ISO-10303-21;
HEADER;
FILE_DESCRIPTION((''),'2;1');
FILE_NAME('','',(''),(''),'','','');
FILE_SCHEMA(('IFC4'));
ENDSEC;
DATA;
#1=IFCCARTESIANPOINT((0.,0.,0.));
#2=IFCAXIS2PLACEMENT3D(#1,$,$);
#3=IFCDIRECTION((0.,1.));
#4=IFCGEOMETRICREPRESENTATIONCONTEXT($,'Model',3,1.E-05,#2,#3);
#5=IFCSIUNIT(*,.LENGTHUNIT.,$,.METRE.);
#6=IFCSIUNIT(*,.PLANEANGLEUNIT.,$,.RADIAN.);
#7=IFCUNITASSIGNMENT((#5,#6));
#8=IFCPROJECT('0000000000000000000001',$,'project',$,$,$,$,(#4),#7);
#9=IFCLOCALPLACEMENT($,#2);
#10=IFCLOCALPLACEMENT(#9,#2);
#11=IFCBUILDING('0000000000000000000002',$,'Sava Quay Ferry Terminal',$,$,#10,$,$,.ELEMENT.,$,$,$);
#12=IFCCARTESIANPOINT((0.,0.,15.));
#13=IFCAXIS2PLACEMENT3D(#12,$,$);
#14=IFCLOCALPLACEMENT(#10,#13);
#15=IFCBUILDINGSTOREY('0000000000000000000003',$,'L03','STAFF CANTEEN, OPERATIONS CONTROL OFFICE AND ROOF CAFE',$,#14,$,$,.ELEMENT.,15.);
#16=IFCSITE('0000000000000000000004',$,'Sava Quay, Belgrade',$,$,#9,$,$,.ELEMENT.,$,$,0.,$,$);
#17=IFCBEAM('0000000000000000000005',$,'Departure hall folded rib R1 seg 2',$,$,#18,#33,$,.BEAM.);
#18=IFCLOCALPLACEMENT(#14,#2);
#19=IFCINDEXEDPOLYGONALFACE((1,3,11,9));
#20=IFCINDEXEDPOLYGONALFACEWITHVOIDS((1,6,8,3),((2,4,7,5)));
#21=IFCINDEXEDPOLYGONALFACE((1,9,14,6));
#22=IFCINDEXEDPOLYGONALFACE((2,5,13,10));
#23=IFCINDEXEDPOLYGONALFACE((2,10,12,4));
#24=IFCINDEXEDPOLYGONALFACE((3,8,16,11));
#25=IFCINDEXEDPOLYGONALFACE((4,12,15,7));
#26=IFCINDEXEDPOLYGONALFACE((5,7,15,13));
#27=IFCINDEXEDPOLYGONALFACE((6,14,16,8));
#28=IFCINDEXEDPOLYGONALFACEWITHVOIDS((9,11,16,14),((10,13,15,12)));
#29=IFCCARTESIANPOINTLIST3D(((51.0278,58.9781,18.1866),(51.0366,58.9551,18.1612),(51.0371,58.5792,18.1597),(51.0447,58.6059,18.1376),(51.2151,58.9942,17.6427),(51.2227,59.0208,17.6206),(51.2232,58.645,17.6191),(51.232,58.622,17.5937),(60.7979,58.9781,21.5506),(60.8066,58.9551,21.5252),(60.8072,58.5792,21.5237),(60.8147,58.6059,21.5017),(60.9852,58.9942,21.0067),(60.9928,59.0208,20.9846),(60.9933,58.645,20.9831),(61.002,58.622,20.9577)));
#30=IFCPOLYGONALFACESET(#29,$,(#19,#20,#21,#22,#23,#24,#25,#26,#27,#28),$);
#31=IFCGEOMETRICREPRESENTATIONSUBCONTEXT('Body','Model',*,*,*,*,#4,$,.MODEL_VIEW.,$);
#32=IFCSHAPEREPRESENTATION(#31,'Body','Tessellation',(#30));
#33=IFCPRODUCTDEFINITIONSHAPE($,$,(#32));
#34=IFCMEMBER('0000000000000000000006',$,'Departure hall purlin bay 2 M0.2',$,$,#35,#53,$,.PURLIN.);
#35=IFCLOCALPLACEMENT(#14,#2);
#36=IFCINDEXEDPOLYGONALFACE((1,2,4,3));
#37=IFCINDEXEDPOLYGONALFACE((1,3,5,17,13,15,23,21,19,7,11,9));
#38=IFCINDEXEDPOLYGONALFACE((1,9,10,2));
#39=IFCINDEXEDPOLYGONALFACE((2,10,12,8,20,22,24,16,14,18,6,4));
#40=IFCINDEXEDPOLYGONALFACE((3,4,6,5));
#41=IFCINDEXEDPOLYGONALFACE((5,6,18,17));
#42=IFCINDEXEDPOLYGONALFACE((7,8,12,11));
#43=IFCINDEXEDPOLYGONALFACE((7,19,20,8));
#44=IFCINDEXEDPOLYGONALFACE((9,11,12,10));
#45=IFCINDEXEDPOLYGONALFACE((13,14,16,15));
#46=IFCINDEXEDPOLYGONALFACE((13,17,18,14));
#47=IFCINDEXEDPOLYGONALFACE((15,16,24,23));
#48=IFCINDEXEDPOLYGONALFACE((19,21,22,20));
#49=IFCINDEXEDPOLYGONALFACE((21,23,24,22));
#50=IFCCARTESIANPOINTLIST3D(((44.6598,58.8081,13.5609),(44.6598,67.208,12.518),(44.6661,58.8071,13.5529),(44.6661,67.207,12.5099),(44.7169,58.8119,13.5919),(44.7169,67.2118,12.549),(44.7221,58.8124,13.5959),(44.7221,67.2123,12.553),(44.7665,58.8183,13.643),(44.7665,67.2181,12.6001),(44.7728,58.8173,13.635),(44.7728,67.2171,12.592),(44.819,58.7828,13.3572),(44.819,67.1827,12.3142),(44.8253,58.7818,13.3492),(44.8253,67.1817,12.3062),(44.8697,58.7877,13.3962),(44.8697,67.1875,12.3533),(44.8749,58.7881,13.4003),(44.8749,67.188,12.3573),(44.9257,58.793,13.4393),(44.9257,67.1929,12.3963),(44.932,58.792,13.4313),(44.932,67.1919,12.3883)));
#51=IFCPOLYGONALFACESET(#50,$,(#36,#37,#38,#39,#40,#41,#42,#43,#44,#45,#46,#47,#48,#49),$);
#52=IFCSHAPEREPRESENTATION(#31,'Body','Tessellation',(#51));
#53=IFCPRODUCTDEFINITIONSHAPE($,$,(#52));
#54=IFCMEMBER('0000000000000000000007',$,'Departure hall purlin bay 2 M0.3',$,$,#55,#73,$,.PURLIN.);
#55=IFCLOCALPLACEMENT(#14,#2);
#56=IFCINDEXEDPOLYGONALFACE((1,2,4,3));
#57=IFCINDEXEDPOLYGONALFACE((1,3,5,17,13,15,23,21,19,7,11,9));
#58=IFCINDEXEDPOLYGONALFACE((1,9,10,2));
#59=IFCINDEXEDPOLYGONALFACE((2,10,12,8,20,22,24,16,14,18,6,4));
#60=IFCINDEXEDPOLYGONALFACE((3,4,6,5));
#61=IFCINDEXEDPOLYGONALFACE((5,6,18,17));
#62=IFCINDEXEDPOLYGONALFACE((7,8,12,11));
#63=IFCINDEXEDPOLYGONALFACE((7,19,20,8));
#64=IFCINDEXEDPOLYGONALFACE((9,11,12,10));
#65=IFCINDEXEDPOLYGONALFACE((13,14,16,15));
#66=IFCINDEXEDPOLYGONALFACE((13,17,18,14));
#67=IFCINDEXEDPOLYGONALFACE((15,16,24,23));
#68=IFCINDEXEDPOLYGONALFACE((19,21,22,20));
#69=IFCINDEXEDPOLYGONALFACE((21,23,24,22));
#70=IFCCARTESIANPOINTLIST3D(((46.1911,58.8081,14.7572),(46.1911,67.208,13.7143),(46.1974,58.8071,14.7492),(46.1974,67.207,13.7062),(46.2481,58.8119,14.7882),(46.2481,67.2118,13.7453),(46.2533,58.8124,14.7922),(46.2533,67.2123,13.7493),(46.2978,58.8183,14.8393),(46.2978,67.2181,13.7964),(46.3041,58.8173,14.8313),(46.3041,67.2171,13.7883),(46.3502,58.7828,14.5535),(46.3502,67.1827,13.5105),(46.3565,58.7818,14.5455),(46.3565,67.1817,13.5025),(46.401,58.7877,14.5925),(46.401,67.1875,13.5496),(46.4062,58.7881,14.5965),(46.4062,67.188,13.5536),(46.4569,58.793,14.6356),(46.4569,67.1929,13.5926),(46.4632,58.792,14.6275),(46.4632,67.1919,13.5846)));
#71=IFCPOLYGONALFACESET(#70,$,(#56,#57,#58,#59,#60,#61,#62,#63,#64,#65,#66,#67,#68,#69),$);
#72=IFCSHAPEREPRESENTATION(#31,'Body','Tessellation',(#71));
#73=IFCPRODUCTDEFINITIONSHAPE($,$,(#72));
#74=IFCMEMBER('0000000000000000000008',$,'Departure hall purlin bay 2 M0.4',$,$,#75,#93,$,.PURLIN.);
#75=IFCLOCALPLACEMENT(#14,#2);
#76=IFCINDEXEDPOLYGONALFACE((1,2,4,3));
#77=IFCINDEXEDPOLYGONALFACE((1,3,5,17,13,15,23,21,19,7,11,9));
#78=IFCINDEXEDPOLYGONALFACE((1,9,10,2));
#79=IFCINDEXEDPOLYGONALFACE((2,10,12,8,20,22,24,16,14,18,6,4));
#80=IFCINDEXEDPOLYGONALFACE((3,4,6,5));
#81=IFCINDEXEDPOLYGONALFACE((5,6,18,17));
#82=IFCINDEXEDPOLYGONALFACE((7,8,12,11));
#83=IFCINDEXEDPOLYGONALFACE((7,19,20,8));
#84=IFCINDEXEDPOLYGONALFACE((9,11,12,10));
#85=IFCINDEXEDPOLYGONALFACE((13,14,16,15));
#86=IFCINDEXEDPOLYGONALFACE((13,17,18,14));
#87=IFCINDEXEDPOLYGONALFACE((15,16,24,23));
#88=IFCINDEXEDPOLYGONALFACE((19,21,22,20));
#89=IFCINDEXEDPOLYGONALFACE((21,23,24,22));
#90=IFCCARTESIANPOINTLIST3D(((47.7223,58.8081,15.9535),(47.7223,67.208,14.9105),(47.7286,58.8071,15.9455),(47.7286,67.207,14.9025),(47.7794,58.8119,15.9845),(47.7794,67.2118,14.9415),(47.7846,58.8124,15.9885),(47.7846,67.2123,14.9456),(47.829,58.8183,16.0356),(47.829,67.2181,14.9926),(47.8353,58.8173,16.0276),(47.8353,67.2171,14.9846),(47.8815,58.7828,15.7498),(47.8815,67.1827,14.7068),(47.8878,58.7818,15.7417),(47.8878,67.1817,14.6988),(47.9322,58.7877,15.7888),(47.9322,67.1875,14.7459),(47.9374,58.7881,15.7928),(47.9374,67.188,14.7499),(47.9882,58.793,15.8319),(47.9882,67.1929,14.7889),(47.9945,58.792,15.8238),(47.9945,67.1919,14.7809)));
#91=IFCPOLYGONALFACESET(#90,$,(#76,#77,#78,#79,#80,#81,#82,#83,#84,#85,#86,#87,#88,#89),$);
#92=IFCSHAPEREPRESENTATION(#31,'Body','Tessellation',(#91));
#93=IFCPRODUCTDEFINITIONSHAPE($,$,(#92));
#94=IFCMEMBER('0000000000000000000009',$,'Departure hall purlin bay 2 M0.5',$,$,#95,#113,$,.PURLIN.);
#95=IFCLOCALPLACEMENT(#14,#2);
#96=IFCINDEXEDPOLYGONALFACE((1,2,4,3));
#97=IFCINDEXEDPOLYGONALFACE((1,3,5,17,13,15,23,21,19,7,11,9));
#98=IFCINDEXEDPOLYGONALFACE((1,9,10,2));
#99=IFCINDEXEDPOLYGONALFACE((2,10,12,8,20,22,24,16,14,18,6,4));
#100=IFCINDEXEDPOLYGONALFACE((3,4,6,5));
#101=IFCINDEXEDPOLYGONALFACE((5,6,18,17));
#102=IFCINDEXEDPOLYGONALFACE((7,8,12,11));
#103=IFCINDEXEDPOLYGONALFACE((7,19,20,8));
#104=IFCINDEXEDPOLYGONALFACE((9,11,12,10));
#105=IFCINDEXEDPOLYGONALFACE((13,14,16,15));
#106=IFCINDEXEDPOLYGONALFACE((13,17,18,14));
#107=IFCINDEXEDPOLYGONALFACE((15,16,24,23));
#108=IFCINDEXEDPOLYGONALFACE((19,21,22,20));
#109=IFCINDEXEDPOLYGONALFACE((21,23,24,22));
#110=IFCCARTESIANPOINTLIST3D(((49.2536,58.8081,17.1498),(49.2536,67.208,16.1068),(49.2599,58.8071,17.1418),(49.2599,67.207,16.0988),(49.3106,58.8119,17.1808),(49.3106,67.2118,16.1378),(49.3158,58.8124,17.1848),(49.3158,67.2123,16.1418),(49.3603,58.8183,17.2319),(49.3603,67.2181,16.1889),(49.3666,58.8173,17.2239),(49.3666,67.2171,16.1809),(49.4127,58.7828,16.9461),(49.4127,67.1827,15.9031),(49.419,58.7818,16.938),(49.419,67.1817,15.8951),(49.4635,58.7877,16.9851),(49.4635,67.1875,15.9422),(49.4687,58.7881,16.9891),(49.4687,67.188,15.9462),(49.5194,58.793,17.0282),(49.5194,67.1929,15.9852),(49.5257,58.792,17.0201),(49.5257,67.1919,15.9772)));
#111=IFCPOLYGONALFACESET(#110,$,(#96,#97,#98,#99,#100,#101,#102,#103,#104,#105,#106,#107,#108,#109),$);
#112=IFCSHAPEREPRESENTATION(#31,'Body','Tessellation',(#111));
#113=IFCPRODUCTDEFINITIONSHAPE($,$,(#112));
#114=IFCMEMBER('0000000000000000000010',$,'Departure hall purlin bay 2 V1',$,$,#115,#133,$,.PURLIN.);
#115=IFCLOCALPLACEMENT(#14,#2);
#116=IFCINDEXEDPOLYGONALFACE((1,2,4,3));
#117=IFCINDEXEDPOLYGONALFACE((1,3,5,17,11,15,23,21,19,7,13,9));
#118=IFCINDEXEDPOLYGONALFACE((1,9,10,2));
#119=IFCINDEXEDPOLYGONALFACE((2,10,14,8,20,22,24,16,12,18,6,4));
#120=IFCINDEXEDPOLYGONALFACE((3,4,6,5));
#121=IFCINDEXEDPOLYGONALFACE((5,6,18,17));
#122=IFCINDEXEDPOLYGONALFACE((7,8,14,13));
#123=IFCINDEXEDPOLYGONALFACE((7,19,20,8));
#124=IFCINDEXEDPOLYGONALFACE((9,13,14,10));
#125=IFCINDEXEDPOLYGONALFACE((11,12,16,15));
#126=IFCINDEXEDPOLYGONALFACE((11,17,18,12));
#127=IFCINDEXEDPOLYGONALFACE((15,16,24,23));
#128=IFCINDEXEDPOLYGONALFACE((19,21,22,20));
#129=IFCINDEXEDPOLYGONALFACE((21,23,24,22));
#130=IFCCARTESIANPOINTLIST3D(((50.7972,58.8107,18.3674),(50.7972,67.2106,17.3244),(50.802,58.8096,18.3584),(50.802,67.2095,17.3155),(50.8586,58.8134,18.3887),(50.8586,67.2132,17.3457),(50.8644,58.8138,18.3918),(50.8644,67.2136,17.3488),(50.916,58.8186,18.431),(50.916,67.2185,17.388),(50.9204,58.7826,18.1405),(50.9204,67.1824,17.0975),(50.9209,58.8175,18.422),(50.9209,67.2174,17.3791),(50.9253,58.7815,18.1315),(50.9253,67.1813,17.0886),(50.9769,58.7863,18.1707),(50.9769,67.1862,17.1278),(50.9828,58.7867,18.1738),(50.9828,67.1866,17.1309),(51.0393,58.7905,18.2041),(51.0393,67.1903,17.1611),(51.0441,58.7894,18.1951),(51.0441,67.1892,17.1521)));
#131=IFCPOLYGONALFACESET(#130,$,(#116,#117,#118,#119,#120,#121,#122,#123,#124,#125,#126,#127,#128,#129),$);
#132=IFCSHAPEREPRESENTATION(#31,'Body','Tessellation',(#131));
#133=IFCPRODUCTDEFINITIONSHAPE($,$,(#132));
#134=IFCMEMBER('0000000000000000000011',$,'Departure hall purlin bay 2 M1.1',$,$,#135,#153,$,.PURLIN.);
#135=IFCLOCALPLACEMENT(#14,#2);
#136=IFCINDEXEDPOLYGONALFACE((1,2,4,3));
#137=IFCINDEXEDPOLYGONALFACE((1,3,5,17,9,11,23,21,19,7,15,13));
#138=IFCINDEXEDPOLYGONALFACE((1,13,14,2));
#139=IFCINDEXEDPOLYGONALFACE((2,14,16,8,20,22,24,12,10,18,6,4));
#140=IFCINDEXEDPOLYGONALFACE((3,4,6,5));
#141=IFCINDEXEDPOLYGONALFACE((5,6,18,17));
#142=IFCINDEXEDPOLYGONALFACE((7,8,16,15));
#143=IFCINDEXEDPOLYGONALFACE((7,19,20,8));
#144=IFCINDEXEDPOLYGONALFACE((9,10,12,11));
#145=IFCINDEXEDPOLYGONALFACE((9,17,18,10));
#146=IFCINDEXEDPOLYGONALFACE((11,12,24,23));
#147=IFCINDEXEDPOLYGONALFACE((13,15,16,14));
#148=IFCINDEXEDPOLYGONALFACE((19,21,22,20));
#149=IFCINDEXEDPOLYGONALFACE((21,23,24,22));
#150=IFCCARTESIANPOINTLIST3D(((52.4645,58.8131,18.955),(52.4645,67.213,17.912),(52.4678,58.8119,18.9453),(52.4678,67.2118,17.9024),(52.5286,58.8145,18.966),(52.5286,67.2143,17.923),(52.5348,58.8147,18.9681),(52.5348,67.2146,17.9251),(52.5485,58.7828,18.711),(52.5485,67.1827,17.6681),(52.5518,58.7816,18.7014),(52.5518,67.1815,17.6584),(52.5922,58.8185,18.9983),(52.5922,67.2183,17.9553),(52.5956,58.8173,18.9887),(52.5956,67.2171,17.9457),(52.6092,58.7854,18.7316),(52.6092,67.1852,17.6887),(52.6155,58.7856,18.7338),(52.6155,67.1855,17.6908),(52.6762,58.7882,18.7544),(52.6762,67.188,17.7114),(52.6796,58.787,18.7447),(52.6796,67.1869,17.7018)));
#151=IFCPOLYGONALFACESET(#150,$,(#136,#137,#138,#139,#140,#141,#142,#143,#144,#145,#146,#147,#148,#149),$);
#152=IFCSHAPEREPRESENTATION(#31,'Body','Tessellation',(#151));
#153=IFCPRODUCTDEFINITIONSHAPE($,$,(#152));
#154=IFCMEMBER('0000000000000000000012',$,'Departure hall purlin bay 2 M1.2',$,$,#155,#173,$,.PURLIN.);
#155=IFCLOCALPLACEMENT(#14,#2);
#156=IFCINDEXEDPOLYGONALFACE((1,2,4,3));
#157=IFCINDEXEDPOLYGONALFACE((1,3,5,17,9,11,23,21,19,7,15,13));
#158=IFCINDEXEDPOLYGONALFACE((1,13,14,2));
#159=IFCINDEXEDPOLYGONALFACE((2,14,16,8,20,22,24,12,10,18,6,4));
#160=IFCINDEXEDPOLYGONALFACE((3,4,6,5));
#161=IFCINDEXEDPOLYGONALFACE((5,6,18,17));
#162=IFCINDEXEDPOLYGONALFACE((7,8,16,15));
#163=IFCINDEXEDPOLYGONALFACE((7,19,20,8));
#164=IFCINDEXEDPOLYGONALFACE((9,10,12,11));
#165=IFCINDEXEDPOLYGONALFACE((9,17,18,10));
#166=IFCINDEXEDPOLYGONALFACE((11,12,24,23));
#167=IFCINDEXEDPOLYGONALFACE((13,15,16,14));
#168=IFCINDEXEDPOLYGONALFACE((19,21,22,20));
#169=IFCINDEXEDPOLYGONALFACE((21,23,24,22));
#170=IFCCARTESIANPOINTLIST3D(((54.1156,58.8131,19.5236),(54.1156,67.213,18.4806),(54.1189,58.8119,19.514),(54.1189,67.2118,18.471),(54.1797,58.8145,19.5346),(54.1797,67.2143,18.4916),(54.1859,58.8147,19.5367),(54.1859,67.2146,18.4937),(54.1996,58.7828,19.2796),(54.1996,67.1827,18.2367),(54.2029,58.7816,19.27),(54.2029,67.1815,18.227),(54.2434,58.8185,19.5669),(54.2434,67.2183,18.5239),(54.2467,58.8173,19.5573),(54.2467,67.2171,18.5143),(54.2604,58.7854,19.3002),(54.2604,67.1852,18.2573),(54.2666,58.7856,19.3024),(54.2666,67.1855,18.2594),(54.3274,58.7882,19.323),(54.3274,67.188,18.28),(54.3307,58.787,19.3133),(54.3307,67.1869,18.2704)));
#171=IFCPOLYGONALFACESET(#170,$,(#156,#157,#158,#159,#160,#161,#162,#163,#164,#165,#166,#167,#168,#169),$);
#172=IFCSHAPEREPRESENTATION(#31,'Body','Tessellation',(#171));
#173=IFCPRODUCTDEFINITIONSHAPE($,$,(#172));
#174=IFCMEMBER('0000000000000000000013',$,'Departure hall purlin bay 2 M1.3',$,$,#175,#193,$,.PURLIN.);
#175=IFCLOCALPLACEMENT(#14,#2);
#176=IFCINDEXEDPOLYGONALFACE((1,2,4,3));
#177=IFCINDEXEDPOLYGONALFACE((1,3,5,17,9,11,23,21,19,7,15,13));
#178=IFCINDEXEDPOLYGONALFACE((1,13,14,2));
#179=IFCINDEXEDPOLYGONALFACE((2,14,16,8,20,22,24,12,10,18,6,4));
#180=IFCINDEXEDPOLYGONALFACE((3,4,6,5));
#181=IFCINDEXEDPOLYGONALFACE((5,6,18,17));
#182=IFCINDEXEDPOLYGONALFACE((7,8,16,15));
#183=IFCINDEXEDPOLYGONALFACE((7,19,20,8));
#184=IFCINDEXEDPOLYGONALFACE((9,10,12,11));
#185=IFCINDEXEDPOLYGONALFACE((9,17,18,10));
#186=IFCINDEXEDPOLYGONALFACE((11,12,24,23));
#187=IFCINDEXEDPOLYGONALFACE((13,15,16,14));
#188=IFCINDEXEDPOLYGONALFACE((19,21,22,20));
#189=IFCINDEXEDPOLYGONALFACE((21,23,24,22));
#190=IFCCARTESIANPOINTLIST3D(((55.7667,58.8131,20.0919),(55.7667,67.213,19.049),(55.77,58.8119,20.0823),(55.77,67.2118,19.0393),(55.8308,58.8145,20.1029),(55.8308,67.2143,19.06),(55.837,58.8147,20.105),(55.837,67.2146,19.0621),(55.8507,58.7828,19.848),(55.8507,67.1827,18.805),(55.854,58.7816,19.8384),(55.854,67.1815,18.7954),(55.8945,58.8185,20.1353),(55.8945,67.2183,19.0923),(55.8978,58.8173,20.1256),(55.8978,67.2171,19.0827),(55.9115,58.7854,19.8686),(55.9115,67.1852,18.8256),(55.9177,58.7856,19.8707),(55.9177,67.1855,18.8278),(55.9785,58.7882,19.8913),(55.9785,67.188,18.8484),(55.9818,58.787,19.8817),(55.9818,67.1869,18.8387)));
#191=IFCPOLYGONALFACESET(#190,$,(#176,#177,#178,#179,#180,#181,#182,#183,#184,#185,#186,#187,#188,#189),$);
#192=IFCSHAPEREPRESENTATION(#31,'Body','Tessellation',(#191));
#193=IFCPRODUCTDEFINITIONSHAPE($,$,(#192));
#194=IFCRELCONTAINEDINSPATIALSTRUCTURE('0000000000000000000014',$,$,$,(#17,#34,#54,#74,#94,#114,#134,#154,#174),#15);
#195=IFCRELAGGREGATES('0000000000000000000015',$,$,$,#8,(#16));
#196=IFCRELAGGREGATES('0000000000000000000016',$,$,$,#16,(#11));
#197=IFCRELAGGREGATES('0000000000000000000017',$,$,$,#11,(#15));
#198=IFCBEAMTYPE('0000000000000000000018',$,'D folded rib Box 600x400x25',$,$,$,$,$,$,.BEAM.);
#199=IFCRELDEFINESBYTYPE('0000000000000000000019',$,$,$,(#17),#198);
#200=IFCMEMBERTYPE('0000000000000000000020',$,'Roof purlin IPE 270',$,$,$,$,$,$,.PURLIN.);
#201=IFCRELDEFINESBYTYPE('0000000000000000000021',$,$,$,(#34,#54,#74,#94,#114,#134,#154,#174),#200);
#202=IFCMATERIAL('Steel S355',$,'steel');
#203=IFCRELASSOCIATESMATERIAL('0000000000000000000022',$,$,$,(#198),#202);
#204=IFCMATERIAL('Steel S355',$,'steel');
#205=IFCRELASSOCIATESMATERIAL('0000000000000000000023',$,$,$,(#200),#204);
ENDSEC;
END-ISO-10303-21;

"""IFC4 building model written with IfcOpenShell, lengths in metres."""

from ifc_helpers import new_model, si_unit, direction, frame, origin, origin_2d, place, context, subcontext, project, spatial, polyline, i_section, outline, extrude, material, material_profile, profile_set, type_object, element, save


model = new_model("IFC4")

# Units and contexts
model_context = context("Model", 3, precision=1e-05, world=origin(), true_north=direction((0.0, 1.0)))
body_context = subcontext(model_context, "Body", "Model", "MODEL_VIEW")
ifc_project = project(units=[si_unit("LENGTHUNIT", "METRE"), si_unit("PLANEANGLEUNIT", "RADIAN")], contexts=[model_context])

# Site, building, storey
site_placement = place(None, origin())
site = spatial("IfcSite", under=ifc_project, at=site_placement, Name="Sava Quay, Belgrade", CompositionType="ELEMENT", RefElevation=0.0)
building_placement = place(site_placement, origin())
building = spatial("IfcBuilding", under=site, at=building_placement, Name="Sava Quay Ferry Terminal", CompositionType="ELEMENT")
storey_placement = place(building_placement, frame((0.0, 0.0, 15.0)))
storey = spatial("IfcBuildingStorey", under=building, at=storey_placement, Name="L03", Description="STAFF CANTEEN, OPERATIONS CONTROL OFFICE AND ROOF CAFE", CompositionType="ELEMENT", Elevation=15.0)

# Beam
ifc_material_1 = material(Name="Steel S355", Category="steel")
ifc_material_profile_1 = material_profile(ifc_material_1, outline(polyline([(-0.2, -0.3), (0.2, -0.3), (0.2, 0.3), (-0.2, 0.3), (-0.2, -0.3)]), holes=[polyline([(-0.175, -0.2749), (-0.175, 0.2749), (0.175, 0.2749), (0.175, -0.2749), (-0.175, -0.2749)])]), Name="Box 600x400x25 built-up")
ifc_profile_set_1 = profile_set([ifc_material_profile_1], Name="Steel S355")
beam_type = type_object("IfcBeamType", Name="D folded rib Box 600x400x25", PredefinedType="BEAM", material=ifc_profile_set_1)
beam_placement = place(storey_placement, frame((51.1299, 58.8, 17.8901), z_axis=(0.945521, 0.0, 0.325562), x_axis=(-0.023171, 0.997464, 0.067296)))
element("IfcBeam", 1, at=beam_placement, inside=storey, type_object=beam_type, Name="Departure hall folded rib R1 seg 2", PredefinedType="BEAM", context=body_context, shape_type="SweptSolid", body=[
    extrude(outline(polyline([(-0.2, -0.3), (0.2, -0.3), (0.2, 0.3), (-0.2, 0.3), (-0.2, -0.3)]), holes=[polyline([(-0.175, -0.2749), (-0.175, 0.2749), (0.175, 0.2749), (0.175, -0.2749), (-0.175, -0.2749)])]), origin(), (0.0, 0.0, 1.0), 10.333),
])

# Members
ifc_material_2 = material(Name="Steel S355", Category="steel")
ifc_material_profile_2 = material_profile(ifc_material_2, i_section(OverallWidth=0.135, OverallDepth=0.27, WebThickness=0.0066, FlangeThickness=0.0103, at=origin_2d()), Name="IPE 270")
ifc_profile_set_2 = profile_set([ifc_material_profile_2], Name="Steel S355")
member_type_1 = type_object("IfcMemberType", Name="Roof purlin IPE 270", PredefinedType="PURLIN", material=ifc_profile_set_2)
for number, where, z_axis, x_axis, name in (
    (2, (44.7959, 58.8, 13.4961), (0.0, 0.99238, -0.123218), (-0.790288, -0.0755, -0.608066), "Departure hall purlin bay 2 M0.2"),
    (3, (46.3271, 58.8, 14.6924), (0.0, 0.99238, -0.123218), (-0.790288, -0.0755, -0.608066), "Departure hall purlin bay 2 M0.3"),
    (4, (47.8584, 58.8, 15.8887), (0.0, 0.99238, -0.123218), (-0.790288, -0.0755, -0.608066), "Departure hall purlin bay 2 M0.4"),
    (5, (49.3896, 58.8, 17.085), (0.0, 0.99238, -0.123218), (-0.790288, -0.0755, -0.608066), "Departure hall purlin bay 2 M0.5"),
    (6, (50.9207, 58.8, 18.2812), (0.0, 0.99238, -0.123218), (-0.880258, -0.058467, -0.47088), "Departure hall purlin bay 2 V1"),
    (7, (52.572, 58.8, 18.8499), (0.0, 0.99238, -0.123218), (-0.94628, -0.039842, -0.320883), "Departure hall purlin bay 2 M1.1"),
    (8, (54.2231, 58.8, 19.4185), (0.0, 0.99238, -0.123218), (-0.94628, -0.039842, -0.320883), "Departure hall purlin bay 2 M1.2"),
    (9, (55.8743, 58.8, 19.9868), (0.0, 0.99238, -0.123218), (-0.94628, -0.039842, -0.320883), "Departure hall purlin bay 2 M1.3"),
):
    element("IfcMember", number, at=place(storey_placement, frame(where, z_axis=z_axis, x_axis=x_axis)), inside=storey, type_object=member_type_1, Name=name, PredefinedType="PURLIN", context=body_context, shape_type="SweptSolid", body=[
        extrude(i_section(OverallWidth=0.135, OverallDepth=0.27, WebThickness=0.0066, FlangeThickness=0.0103, at=origin_2d()), origin(), (0.0, 0.0, 1.0), 8.4644),
    ])

save(model, "model.ifc")
